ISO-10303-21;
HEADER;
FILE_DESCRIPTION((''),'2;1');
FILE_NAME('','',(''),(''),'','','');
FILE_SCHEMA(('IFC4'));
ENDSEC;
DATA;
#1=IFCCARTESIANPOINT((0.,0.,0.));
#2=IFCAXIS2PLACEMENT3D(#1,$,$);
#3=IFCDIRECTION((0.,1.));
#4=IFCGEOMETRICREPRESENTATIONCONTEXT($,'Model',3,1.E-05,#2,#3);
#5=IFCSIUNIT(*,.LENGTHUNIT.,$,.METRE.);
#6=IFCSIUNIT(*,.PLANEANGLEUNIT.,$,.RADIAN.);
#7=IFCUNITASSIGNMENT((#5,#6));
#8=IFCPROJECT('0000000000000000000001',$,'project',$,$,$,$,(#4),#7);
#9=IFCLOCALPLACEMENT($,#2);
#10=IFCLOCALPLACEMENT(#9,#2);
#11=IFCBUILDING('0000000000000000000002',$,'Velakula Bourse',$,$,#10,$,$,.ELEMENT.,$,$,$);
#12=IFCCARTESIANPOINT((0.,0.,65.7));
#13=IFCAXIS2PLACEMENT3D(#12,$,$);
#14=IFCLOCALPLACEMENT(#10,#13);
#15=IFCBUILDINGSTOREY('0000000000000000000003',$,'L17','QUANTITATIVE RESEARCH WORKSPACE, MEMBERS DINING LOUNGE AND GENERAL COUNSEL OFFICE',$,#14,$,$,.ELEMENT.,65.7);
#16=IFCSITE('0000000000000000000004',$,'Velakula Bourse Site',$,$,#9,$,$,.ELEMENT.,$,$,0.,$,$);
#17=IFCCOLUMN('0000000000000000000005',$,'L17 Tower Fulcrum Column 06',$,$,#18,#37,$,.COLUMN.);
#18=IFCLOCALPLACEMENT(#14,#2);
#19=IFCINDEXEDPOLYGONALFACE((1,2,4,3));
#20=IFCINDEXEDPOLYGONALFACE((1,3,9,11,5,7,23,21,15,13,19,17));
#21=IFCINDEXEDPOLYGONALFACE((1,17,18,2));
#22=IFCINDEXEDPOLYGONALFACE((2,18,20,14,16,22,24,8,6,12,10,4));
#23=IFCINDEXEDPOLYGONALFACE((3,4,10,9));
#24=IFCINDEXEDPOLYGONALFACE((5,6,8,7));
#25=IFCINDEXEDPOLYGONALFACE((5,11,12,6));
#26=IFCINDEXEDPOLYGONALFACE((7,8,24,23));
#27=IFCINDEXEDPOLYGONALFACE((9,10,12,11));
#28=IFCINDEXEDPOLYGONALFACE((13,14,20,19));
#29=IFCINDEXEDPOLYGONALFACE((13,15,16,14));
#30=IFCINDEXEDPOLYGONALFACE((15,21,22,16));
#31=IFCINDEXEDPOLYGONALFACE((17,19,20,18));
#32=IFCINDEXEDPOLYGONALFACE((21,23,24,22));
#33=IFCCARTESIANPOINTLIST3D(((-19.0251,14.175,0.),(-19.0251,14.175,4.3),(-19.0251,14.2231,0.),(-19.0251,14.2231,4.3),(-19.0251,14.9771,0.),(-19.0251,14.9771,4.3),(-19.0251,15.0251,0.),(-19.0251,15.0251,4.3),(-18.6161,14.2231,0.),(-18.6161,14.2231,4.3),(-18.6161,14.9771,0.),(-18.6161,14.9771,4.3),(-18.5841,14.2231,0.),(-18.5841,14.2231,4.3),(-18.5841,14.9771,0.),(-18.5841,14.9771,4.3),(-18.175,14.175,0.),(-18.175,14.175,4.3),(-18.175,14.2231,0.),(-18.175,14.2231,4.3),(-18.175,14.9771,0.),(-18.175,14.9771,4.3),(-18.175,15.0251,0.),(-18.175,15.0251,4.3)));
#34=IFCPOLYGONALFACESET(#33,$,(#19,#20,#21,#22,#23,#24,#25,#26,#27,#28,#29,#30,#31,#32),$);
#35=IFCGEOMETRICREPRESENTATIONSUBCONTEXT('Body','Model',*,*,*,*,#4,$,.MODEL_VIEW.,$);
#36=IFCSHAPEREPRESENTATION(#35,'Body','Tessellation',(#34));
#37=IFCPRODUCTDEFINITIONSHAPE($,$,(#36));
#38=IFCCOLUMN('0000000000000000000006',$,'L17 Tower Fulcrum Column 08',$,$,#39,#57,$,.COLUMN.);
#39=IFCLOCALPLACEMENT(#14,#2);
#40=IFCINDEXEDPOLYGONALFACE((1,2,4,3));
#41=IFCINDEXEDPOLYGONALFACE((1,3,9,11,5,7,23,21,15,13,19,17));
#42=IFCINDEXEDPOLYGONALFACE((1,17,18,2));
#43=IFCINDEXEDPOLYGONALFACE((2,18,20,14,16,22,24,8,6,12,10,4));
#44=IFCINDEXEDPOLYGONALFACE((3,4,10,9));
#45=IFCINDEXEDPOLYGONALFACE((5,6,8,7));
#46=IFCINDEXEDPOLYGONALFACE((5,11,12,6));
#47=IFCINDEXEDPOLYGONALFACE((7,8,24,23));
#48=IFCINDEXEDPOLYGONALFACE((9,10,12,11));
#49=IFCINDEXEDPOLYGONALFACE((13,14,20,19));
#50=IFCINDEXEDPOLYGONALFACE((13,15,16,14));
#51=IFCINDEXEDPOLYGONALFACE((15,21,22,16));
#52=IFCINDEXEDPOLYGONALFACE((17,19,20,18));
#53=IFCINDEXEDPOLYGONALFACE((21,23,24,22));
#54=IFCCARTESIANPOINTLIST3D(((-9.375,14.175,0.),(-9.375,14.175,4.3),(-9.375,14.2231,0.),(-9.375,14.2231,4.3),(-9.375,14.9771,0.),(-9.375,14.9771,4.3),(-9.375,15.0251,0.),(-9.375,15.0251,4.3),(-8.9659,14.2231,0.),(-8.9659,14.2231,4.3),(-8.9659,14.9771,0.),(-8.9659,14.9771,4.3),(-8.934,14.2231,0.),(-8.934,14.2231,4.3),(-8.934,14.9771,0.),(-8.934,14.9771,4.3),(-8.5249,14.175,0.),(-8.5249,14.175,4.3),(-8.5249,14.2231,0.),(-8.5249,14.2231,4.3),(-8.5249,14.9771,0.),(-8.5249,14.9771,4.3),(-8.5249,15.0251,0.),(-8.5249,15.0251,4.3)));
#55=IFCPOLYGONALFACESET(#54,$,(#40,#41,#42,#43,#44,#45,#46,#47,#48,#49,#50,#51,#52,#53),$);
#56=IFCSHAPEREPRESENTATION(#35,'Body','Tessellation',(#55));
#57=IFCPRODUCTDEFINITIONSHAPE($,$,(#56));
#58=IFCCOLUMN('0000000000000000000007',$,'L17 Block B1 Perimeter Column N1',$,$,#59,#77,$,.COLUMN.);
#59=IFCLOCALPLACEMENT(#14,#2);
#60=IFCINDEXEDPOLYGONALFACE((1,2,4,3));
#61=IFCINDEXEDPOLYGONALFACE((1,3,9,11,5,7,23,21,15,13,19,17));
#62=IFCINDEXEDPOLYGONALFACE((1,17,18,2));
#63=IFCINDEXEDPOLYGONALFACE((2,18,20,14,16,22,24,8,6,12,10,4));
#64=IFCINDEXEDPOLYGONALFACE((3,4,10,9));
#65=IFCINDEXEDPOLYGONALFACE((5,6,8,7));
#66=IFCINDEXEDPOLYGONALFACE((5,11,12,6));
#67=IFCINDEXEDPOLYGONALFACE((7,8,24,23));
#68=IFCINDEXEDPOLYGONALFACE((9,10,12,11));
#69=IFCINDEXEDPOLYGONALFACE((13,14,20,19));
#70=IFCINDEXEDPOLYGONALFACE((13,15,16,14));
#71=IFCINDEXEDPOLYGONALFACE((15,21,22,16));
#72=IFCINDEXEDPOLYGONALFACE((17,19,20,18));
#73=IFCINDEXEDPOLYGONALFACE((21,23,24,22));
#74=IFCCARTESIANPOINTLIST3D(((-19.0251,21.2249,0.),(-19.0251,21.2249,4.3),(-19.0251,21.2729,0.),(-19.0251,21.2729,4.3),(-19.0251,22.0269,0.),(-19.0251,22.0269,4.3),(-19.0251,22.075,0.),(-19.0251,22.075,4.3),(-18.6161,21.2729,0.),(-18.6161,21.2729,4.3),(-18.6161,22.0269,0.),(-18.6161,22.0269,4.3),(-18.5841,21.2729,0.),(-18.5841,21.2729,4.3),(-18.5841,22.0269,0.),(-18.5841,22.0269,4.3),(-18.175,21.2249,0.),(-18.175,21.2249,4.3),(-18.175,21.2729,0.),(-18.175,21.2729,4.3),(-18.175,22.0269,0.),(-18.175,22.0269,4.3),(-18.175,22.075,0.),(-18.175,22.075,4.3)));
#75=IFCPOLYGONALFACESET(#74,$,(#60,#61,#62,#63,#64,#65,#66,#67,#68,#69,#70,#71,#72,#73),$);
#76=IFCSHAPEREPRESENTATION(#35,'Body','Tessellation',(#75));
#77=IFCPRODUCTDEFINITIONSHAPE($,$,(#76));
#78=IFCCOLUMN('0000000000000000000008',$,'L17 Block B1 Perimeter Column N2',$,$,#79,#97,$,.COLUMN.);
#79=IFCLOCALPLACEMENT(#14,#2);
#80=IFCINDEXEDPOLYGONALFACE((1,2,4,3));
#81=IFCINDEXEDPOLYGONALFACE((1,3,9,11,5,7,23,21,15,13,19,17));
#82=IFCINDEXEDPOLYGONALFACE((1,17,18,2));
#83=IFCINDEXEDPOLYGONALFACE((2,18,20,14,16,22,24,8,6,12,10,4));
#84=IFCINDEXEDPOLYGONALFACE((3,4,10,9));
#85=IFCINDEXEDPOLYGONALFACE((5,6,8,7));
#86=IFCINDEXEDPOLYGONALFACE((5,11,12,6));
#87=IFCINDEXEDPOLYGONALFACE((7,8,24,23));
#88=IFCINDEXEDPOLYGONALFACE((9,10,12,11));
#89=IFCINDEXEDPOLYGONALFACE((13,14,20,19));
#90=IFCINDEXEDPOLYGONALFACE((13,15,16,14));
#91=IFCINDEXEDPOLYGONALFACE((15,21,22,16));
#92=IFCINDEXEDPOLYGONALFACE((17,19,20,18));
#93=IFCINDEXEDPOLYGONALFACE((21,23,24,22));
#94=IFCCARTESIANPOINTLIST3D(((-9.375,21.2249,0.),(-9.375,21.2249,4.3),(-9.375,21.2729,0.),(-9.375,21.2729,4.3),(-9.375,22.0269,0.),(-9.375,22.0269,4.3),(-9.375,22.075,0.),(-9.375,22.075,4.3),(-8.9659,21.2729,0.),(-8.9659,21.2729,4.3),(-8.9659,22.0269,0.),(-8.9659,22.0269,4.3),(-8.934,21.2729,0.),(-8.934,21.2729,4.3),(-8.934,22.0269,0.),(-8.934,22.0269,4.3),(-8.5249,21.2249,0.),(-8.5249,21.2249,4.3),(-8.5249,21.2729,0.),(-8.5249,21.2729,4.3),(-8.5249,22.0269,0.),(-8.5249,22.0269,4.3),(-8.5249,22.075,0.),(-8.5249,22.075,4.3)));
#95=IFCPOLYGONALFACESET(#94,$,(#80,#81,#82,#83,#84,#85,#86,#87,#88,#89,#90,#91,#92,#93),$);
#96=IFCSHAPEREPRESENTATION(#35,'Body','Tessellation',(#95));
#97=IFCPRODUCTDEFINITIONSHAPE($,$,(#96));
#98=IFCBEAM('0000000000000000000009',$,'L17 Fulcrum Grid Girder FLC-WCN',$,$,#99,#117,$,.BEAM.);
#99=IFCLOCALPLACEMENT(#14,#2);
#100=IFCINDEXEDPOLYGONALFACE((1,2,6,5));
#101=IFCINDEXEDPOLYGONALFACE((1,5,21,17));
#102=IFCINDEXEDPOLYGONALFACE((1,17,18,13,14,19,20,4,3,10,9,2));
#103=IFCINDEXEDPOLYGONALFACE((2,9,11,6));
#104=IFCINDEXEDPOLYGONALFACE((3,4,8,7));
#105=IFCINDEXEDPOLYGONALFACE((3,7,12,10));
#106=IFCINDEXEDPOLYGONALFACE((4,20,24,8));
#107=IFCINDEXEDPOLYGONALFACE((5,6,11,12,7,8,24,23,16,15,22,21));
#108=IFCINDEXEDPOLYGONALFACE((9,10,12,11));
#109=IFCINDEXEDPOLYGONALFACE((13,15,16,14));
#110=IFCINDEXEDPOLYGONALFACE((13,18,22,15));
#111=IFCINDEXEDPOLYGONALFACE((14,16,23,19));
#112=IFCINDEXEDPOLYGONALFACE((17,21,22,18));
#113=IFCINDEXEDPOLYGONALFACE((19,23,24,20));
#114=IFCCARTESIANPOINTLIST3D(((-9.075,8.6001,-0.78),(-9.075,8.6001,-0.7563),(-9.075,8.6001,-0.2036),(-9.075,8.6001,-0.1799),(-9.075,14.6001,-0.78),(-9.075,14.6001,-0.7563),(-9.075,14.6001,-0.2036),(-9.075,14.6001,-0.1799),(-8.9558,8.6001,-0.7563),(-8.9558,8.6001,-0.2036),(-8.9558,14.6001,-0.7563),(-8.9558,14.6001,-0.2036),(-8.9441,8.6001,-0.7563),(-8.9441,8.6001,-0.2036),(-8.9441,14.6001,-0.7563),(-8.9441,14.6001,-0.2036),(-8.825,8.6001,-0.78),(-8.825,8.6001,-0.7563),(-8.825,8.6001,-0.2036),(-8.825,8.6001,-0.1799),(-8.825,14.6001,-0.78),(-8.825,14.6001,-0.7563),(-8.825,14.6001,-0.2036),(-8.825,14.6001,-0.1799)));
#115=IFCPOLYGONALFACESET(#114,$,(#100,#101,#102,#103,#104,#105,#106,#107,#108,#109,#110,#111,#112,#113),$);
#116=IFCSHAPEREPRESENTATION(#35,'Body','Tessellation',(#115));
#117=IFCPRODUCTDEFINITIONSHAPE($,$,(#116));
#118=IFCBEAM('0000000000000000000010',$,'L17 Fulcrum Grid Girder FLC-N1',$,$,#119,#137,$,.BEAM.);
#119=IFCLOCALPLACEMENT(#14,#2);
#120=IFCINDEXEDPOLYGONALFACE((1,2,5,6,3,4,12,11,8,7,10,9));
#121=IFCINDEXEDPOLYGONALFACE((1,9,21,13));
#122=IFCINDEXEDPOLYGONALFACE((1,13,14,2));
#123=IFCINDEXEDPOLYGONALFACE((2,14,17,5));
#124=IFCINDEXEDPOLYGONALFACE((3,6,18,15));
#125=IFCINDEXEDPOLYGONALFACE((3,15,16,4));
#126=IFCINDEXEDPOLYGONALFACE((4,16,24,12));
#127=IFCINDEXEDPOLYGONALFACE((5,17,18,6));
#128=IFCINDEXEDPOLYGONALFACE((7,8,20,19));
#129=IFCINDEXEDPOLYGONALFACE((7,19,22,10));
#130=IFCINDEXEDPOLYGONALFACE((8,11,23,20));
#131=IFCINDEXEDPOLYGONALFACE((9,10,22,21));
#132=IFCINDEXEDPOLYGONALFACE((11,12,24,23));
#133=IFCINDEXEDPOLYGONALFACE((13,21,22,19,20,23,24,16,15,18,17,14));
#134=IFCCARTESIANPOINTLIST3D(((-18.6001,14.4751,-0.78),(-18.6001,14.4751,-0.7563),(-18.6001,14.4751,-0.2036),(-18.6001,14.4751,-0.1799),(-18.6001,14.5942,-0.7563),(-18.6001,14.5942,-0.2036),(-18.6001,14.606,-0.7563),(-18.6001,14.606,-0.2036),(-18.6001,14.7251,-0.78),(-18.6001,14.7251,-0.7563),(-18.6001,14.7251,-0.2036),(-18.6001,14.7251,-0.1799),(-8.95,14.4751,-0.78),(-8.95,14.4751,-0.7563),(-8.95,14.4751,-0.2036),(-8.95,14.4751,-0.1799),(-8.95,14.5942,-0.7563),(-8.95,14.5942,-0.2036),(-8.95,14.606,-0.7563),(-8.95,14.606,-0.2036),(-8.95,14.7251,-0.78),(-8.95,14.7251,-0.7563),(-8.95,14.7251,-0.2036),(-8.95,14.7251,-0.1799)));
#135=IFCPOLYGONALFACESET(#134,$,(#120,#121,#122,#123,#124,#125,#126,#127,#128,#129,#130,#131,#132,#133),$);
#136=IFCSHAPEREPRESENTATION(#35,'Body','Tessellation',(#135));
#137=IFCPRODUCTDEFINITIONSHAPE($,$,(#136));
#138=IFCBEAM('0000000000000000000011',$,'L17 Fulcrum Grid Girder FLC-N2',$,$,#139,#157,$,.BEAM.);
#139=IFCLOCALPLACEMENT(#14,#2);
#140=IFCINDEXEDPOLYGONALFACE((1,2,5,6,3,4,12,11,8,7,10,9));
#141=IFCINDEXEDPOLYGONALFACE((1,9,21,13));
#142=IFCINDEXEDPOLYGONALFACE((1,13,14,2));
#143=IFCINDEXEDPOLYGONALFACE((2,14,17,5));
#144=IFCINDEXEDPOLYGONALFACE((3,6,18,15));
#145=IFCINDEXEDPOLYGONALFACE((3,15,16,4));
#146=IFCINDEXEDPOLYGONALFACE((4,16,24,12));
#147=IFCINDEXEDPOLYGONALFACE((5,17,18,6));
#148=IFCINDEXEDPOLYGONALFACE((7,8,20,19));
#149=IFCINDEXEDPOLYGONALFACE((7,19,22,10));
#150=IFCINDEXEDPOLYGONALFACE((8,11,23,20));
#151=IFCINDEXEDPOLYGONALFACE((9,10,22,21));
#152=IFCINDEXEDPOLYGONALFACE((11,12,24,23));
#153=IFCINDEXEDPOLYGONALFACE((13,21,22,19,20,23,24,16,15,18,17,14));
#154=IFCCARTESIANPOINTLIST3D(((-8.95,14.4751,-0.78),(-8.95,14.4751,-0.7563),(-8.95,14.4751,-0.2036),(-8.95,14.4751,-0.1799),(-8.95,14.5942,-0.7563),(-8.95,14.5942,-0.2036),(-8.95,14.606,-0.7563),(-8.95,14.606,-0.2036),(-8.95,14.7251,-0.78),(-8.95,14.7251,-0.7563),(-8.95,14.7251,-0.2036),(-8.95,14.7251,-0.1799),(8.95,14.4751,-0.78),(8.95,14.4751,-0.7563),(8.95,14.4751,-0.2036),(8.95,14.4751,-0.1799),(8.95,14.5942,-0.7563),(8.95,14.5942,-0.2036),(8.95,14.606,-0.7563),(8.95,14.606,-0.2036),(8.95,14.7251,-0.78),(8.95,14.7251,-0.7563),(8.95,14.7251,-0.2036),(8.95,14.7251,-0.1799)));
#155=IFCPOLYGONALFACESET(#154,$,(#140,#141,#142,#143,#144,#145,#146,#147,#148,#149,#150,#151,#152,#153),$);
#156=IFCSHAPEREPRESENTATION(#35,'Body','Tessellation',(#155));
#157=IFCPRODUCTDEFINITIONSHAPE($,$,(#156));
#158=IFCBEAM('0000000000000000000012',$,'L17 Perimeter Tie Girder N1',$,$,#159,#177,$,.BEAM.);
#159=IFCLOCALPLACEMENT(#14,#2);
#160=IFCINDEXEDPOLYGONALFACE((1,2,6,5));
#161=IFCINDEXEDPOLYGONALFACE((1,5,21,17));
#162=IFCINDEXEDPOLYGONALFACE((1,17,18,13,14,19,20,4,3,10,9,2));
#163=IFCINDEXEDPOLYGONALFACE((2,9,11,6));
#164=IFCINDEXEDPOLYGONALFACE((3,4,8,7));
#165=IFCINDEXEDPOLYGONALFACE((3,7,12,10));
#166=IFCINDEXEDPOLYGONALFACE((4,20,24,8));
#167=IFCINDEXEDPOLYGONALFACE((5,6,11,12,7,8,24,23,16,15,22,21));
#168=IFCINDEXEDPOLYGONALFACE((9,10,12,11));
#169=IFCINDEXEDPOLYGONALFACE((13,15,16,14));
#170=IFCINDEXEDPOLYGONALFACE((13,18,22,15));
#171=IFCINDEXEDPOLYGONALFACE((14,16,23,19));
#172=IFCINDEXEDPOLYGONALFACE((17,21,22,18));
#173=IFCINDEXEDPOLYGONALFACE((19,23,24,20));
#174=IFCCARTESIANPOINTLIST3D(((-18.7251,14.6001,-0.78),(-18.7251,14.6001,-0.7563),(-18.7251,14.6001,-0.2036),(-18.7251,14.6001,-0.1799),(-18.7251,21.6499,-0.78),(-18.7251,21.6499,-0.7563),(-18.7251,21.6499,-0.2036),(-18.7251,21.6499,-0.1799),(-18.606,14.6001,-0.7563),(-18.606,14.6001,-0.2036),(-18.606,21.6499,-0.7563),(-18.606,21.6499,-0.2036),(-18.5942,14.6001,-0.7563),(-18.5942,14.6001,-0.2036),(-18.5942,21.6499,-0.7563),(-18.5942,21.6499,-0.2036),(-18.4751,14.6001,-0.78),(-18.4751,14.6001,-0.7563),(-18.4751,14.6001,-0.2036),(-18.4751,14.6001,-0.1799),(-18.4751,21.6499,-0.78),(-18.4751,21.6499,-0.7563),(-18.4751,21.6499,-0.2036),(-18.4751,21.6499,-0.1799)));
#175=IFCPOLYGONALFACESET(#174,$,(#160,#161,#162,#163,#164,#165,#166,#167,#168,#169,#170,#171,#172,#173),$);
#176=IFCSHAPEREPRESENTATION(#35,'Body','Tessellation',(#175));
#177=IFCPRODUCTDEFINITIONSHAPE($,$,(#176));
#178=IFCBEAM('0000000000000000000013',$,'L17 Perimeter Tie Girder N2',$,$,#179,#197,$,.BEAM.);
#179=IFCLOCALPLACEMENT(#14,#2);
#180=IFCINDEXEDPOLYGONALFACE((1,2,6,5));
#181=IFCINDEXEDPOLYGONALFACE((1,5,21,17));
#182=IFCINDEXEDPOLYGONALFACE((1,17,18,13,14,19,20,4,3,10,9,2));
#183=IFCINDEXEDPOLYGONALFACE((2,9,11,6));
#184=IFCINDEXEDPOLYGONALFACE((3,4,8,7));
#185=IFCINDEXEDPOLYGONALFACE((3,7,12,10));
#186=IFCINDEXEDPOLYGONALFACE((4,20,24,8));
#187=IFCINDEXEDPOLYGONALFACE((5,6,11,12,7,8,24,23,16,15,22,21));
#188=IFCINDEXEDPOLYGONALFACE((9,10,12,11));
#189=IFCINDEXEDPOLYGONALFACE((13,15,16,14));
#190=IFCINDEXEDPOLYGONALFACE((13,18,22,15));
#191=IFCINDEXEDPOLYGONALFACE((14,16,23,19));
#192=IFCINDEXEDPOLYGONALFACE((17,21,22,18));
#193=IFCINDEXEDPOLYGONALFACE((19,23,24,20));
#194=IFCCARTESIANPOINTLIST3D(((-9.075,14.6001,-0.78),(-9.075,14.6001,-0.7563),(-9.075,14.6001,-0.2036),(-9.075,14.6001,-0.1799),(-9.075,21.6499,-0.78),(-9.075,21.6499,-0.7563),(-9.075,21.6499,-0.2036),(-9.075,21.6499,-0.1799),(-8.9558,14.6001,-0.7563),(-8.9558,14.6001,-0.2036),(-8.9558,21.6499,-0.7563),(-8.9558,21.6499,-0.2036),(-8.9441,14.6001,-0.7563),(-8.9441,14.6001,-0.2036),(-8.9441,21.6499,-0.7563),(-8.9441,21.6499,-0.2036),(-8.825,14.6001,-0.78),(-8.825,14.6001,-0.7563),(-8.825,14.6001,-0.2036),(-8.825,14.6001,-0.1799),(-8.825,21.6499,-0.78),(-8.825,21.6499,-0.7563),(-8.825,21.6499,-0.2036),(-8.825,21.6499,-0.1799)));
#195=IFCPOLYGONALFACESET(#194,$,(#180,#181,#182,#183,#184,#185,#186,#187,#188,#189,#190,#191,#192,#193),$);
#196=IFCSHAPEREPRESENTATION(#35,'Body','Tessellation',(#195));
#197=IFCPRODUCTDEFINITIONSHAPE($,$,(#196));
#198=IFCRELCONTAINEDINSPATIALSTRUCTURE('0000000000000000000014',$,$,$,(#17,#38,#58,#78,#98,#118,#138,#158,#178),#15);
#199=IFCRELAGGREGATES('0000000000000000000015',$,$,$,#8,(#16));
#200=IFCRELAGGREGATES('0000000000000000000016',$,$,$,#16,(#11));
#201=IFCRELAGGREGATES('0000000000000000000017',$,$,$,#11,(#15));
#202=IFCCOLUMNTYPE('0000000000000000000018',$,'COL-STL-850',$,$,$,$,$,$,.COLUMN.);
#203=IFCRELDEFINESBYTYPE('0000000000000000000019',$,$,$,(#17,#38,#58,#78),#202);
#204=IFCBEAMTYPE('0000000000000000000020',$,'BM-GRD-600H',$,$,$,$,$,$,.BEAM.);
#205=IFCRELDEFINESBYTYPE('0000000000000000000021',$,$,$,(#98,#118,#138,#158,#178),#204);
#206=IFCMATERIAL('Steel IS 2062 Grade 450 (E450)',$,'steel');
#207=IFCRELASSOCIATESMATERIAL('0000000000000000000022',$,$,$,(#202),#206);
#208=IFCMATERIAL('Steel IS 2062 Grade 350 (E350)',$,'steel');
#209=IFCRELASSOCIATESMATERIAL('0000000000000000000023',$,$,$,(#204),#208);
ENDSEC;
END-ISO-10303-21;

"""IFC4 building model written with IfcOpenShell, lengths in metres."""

from ifc_helpers import new_model, si_unit, direction, frame, origin, origin_2d, place, context, subcontext, project, spatial, i_section, extrude, material, material_profile, profile_set, type_object, element, save


model = new_model("IFC4")

# Units and contexts
model_context = context("Model", 3, precision=1e-05, world=origin(), true_north=direction((0.0, 1.0)))
body_context = subcontext(model_context, "Body", "Model", "MODEL_VIEW")
ifc_project = project(units=[si_unit("LENGTHUNIT", "METRE"), si_unit("PLANEANGLEUNIT", "RADIAN")], contexts=[model_context])

# Site, building, storey
site_placement = place(None, origin())
site = spatial("IfcSite", under=ifc_project, at=site_placement, Name="Velakula Bourse Site", CompositionType="ELEMENT", RefElevation=0.0)
building_placement = place(site_placement, origin())
building = spatial("IfcBuilding", under=site, at=building_placement, Name="Velakula Bourse", CompositionType="ELEMENT")
storey_placement = place(building_placement, frame((0.0, 0.0, 65.7)))
storey = spatial("IfcBuildingStorey", under=building, at=storey_placement, Name="L17", Description="QUANTITATIVE RESEARCH WORKSPACE, MEMBERS DINING LOUNGE AND GENERAL COUNSEL OFFICE", CompositionType="ELEMENT", Elevation=65.7)

# Columns
ifc_material_1 = material(Name="Steel IS 2062 Grade 450 (E450)", Category="steel")
ifc_material_profile_1 = material_profile(ifc_material_1, i_section(OverallWidth=0.8501, OverallDepth=0.8501, WebThickness=0.032, FlangeThickness=0.0481, at=origin_2d()), Name="Steel IS 2062 Grade 450 (E450)")
ifc_profile_set_1 = profile_set([ifc_material_profile_1], Name="Steel IS 2062 Grade 450 (E450)")
column_type = type_object("IfcColumnType", Name="COL-STL-850", PredefinedType="COLUMN", material=ifc_profile_set_1)
for number, where, z_axis, x_axis, name in (
    (1, (-18.6001, 14.6001, 0.0), (0.0, 0.0, 1.0), (1.0, 0.0, 0.0), "L17 Tower Fulcrum Column 06"),
    (2, (-8.95, 14.6001, 0.0), (0.0, 0.0, 1.0), (1.0, 0.0, 0.0), "L17 Tower Fulcrum Column 08"),
    (3, (-18.6001, 21.6499, 0.0), (0.0, 0.0, 1.0), (1.0, 0.0, 0.0), "L17 Block B1 Perimeter Column N1"),
    (4, (-8.95, 21.6499, 0.0), (0.0, 0.0, 1.0), (1.0, 0.0, 0.0), "L17 Block B1 Perimeter Column N2"),
):
    element("IfcColumn", number, at=place(storey_placement, frame(where, z_axis=z_axis, x_axis=x_axis)), inside=storey, type_object=column_type, Name=name, PredefinedType="COLUMN", context=body_context, shape_type="SweptSolid", body=[
        extrude(i_section(OverallWidth=0.8501, OverallDepth=0.8501, WebThickness=0.032, FlangeThickness=0.0481, at=origin_2d()), origin(), (0.0, 0.0, 1.0), 4.3),
    ])

# Beams
ifc_material_2 = material(Name="Steel IS 2062 Grade 350 (E350)", Category="steel")
ifc_material_profile_2 = material_profile(ifc_material_2, i_section(OverallWidth=0.25, OverallDepth=0.6001, WebThickness=0.0117, FlangeThickness=0.0237, at=origin_2d()), Name="Steel IS 2062 Grade 350 (E350)")
ifc_profile_set_2 = profile_set([ifc_material_profile_2], Name="Steel IS 2062 Grade 350 (E350)")
beam_type_1 = type_object("IfcBeamType", Name="BM-GRD-600H", PredefinedType="BEAM", material=ifc_profile_set_2)
beam_1_placement = place(storey_placement, frame((-8.95, 8.6001, -0.48), z_axis=(0.0, 1.0, 0.0), x_axis=(-1.0, 0.0, 0.0)))
element("IfcBeam", 5, at=beam_1_placement, inside=storey, type_object=beam_type_1, Name="L17 Fulcrum Grid Girder FLC-WCN", PredefinedType="BEAM", context=body_context, shape_type="SweptSolid", body=[
    extrude(i_section(OverallWidth=0.25, OverallDepth=0.6001, WebThickness=0.0117, FlangeThickness=0.0237, at=origin_2d()), origin(), (0.0, 0.0, 1.0), 6.0),
])
beam_2_placement = place(storey_placement, frame((-18.6001, 14.6001, -0.48), z_axis=(1.0, 0.0, 0.0), x_axis=(0.0, 1.0, 0.0)))
element("IfcBeam", 6, at=beam_2_placement, inside=storey, type_object=beam_type_1, Name="L17 Fulcrum Grid Girder FLC-N1", PredefinedType="BEAM", context=body_context, shape_type="SweptSolid", body=[
    extrude(i_section(OverallWidth=0.25, OverallDepth=0.6001, WebThickness=0.0117, FlangeThickness=0.0237, at=origin_2d()), origin(), (0.0, 0.0, 1.0), 9.6501),
])
beam_3_placement = place(storey_placement, frame((-8.95, 14.6001, -0.48), z_axis=(1.0, 0.0, 0.0), x_axis=(0.0, 1.0, 0.0)))
element("IfcBeam", 7, at=beam_3_placement, inside=storey, type_object=beam_type_1, Name="L17 Fulcrum Grid Girder FLC-N2", PredefinedType="BEAM", context=body_context, shape_type="SweptSolid", body=[
    extrude(i_section(OverallWidth=0.25, OverallDepth=0.6001, WebThickness=0.0117, FlangeThickness=0.0237, at=origin_2d()), origin(), (0.0, 0.0, 1.0), 17.8999),
])
for number, where, z_axis, x_axis, name in (
    (8, (-18.6001, 14.6001, -0.48), (0.0, 1.0, 0.0), (-1.0, 0.0, 0.0), "L17 Perimeter Tie Girder N1"),
    (9, (-8.95, 14.6001, -0.48), (0.0, 1.0, 0.0), (-1.0, 0.0, 0.0), "L17 Perimeter Tie Girder N2"),
):
    element("IfcBeam", number, at=place(storey_placement, frame(where, z_axis=z_axis, x_axis=x_axis)), inside=storey, type_object=beam_type_1, Name=name, PredefinedType="BEAM", context=body_context, shape_type="SweptSolid", body=[
        extrude(i_section(OverallWidth=0.25, OverallDepth=0.6001, WebThickness=0.0117, FlangeThickness=0.0237, at=origin_2d()), origin(), (0.0, 0.0, 1.0), 7.0498),
    ])

save(model, "model.ifc")
